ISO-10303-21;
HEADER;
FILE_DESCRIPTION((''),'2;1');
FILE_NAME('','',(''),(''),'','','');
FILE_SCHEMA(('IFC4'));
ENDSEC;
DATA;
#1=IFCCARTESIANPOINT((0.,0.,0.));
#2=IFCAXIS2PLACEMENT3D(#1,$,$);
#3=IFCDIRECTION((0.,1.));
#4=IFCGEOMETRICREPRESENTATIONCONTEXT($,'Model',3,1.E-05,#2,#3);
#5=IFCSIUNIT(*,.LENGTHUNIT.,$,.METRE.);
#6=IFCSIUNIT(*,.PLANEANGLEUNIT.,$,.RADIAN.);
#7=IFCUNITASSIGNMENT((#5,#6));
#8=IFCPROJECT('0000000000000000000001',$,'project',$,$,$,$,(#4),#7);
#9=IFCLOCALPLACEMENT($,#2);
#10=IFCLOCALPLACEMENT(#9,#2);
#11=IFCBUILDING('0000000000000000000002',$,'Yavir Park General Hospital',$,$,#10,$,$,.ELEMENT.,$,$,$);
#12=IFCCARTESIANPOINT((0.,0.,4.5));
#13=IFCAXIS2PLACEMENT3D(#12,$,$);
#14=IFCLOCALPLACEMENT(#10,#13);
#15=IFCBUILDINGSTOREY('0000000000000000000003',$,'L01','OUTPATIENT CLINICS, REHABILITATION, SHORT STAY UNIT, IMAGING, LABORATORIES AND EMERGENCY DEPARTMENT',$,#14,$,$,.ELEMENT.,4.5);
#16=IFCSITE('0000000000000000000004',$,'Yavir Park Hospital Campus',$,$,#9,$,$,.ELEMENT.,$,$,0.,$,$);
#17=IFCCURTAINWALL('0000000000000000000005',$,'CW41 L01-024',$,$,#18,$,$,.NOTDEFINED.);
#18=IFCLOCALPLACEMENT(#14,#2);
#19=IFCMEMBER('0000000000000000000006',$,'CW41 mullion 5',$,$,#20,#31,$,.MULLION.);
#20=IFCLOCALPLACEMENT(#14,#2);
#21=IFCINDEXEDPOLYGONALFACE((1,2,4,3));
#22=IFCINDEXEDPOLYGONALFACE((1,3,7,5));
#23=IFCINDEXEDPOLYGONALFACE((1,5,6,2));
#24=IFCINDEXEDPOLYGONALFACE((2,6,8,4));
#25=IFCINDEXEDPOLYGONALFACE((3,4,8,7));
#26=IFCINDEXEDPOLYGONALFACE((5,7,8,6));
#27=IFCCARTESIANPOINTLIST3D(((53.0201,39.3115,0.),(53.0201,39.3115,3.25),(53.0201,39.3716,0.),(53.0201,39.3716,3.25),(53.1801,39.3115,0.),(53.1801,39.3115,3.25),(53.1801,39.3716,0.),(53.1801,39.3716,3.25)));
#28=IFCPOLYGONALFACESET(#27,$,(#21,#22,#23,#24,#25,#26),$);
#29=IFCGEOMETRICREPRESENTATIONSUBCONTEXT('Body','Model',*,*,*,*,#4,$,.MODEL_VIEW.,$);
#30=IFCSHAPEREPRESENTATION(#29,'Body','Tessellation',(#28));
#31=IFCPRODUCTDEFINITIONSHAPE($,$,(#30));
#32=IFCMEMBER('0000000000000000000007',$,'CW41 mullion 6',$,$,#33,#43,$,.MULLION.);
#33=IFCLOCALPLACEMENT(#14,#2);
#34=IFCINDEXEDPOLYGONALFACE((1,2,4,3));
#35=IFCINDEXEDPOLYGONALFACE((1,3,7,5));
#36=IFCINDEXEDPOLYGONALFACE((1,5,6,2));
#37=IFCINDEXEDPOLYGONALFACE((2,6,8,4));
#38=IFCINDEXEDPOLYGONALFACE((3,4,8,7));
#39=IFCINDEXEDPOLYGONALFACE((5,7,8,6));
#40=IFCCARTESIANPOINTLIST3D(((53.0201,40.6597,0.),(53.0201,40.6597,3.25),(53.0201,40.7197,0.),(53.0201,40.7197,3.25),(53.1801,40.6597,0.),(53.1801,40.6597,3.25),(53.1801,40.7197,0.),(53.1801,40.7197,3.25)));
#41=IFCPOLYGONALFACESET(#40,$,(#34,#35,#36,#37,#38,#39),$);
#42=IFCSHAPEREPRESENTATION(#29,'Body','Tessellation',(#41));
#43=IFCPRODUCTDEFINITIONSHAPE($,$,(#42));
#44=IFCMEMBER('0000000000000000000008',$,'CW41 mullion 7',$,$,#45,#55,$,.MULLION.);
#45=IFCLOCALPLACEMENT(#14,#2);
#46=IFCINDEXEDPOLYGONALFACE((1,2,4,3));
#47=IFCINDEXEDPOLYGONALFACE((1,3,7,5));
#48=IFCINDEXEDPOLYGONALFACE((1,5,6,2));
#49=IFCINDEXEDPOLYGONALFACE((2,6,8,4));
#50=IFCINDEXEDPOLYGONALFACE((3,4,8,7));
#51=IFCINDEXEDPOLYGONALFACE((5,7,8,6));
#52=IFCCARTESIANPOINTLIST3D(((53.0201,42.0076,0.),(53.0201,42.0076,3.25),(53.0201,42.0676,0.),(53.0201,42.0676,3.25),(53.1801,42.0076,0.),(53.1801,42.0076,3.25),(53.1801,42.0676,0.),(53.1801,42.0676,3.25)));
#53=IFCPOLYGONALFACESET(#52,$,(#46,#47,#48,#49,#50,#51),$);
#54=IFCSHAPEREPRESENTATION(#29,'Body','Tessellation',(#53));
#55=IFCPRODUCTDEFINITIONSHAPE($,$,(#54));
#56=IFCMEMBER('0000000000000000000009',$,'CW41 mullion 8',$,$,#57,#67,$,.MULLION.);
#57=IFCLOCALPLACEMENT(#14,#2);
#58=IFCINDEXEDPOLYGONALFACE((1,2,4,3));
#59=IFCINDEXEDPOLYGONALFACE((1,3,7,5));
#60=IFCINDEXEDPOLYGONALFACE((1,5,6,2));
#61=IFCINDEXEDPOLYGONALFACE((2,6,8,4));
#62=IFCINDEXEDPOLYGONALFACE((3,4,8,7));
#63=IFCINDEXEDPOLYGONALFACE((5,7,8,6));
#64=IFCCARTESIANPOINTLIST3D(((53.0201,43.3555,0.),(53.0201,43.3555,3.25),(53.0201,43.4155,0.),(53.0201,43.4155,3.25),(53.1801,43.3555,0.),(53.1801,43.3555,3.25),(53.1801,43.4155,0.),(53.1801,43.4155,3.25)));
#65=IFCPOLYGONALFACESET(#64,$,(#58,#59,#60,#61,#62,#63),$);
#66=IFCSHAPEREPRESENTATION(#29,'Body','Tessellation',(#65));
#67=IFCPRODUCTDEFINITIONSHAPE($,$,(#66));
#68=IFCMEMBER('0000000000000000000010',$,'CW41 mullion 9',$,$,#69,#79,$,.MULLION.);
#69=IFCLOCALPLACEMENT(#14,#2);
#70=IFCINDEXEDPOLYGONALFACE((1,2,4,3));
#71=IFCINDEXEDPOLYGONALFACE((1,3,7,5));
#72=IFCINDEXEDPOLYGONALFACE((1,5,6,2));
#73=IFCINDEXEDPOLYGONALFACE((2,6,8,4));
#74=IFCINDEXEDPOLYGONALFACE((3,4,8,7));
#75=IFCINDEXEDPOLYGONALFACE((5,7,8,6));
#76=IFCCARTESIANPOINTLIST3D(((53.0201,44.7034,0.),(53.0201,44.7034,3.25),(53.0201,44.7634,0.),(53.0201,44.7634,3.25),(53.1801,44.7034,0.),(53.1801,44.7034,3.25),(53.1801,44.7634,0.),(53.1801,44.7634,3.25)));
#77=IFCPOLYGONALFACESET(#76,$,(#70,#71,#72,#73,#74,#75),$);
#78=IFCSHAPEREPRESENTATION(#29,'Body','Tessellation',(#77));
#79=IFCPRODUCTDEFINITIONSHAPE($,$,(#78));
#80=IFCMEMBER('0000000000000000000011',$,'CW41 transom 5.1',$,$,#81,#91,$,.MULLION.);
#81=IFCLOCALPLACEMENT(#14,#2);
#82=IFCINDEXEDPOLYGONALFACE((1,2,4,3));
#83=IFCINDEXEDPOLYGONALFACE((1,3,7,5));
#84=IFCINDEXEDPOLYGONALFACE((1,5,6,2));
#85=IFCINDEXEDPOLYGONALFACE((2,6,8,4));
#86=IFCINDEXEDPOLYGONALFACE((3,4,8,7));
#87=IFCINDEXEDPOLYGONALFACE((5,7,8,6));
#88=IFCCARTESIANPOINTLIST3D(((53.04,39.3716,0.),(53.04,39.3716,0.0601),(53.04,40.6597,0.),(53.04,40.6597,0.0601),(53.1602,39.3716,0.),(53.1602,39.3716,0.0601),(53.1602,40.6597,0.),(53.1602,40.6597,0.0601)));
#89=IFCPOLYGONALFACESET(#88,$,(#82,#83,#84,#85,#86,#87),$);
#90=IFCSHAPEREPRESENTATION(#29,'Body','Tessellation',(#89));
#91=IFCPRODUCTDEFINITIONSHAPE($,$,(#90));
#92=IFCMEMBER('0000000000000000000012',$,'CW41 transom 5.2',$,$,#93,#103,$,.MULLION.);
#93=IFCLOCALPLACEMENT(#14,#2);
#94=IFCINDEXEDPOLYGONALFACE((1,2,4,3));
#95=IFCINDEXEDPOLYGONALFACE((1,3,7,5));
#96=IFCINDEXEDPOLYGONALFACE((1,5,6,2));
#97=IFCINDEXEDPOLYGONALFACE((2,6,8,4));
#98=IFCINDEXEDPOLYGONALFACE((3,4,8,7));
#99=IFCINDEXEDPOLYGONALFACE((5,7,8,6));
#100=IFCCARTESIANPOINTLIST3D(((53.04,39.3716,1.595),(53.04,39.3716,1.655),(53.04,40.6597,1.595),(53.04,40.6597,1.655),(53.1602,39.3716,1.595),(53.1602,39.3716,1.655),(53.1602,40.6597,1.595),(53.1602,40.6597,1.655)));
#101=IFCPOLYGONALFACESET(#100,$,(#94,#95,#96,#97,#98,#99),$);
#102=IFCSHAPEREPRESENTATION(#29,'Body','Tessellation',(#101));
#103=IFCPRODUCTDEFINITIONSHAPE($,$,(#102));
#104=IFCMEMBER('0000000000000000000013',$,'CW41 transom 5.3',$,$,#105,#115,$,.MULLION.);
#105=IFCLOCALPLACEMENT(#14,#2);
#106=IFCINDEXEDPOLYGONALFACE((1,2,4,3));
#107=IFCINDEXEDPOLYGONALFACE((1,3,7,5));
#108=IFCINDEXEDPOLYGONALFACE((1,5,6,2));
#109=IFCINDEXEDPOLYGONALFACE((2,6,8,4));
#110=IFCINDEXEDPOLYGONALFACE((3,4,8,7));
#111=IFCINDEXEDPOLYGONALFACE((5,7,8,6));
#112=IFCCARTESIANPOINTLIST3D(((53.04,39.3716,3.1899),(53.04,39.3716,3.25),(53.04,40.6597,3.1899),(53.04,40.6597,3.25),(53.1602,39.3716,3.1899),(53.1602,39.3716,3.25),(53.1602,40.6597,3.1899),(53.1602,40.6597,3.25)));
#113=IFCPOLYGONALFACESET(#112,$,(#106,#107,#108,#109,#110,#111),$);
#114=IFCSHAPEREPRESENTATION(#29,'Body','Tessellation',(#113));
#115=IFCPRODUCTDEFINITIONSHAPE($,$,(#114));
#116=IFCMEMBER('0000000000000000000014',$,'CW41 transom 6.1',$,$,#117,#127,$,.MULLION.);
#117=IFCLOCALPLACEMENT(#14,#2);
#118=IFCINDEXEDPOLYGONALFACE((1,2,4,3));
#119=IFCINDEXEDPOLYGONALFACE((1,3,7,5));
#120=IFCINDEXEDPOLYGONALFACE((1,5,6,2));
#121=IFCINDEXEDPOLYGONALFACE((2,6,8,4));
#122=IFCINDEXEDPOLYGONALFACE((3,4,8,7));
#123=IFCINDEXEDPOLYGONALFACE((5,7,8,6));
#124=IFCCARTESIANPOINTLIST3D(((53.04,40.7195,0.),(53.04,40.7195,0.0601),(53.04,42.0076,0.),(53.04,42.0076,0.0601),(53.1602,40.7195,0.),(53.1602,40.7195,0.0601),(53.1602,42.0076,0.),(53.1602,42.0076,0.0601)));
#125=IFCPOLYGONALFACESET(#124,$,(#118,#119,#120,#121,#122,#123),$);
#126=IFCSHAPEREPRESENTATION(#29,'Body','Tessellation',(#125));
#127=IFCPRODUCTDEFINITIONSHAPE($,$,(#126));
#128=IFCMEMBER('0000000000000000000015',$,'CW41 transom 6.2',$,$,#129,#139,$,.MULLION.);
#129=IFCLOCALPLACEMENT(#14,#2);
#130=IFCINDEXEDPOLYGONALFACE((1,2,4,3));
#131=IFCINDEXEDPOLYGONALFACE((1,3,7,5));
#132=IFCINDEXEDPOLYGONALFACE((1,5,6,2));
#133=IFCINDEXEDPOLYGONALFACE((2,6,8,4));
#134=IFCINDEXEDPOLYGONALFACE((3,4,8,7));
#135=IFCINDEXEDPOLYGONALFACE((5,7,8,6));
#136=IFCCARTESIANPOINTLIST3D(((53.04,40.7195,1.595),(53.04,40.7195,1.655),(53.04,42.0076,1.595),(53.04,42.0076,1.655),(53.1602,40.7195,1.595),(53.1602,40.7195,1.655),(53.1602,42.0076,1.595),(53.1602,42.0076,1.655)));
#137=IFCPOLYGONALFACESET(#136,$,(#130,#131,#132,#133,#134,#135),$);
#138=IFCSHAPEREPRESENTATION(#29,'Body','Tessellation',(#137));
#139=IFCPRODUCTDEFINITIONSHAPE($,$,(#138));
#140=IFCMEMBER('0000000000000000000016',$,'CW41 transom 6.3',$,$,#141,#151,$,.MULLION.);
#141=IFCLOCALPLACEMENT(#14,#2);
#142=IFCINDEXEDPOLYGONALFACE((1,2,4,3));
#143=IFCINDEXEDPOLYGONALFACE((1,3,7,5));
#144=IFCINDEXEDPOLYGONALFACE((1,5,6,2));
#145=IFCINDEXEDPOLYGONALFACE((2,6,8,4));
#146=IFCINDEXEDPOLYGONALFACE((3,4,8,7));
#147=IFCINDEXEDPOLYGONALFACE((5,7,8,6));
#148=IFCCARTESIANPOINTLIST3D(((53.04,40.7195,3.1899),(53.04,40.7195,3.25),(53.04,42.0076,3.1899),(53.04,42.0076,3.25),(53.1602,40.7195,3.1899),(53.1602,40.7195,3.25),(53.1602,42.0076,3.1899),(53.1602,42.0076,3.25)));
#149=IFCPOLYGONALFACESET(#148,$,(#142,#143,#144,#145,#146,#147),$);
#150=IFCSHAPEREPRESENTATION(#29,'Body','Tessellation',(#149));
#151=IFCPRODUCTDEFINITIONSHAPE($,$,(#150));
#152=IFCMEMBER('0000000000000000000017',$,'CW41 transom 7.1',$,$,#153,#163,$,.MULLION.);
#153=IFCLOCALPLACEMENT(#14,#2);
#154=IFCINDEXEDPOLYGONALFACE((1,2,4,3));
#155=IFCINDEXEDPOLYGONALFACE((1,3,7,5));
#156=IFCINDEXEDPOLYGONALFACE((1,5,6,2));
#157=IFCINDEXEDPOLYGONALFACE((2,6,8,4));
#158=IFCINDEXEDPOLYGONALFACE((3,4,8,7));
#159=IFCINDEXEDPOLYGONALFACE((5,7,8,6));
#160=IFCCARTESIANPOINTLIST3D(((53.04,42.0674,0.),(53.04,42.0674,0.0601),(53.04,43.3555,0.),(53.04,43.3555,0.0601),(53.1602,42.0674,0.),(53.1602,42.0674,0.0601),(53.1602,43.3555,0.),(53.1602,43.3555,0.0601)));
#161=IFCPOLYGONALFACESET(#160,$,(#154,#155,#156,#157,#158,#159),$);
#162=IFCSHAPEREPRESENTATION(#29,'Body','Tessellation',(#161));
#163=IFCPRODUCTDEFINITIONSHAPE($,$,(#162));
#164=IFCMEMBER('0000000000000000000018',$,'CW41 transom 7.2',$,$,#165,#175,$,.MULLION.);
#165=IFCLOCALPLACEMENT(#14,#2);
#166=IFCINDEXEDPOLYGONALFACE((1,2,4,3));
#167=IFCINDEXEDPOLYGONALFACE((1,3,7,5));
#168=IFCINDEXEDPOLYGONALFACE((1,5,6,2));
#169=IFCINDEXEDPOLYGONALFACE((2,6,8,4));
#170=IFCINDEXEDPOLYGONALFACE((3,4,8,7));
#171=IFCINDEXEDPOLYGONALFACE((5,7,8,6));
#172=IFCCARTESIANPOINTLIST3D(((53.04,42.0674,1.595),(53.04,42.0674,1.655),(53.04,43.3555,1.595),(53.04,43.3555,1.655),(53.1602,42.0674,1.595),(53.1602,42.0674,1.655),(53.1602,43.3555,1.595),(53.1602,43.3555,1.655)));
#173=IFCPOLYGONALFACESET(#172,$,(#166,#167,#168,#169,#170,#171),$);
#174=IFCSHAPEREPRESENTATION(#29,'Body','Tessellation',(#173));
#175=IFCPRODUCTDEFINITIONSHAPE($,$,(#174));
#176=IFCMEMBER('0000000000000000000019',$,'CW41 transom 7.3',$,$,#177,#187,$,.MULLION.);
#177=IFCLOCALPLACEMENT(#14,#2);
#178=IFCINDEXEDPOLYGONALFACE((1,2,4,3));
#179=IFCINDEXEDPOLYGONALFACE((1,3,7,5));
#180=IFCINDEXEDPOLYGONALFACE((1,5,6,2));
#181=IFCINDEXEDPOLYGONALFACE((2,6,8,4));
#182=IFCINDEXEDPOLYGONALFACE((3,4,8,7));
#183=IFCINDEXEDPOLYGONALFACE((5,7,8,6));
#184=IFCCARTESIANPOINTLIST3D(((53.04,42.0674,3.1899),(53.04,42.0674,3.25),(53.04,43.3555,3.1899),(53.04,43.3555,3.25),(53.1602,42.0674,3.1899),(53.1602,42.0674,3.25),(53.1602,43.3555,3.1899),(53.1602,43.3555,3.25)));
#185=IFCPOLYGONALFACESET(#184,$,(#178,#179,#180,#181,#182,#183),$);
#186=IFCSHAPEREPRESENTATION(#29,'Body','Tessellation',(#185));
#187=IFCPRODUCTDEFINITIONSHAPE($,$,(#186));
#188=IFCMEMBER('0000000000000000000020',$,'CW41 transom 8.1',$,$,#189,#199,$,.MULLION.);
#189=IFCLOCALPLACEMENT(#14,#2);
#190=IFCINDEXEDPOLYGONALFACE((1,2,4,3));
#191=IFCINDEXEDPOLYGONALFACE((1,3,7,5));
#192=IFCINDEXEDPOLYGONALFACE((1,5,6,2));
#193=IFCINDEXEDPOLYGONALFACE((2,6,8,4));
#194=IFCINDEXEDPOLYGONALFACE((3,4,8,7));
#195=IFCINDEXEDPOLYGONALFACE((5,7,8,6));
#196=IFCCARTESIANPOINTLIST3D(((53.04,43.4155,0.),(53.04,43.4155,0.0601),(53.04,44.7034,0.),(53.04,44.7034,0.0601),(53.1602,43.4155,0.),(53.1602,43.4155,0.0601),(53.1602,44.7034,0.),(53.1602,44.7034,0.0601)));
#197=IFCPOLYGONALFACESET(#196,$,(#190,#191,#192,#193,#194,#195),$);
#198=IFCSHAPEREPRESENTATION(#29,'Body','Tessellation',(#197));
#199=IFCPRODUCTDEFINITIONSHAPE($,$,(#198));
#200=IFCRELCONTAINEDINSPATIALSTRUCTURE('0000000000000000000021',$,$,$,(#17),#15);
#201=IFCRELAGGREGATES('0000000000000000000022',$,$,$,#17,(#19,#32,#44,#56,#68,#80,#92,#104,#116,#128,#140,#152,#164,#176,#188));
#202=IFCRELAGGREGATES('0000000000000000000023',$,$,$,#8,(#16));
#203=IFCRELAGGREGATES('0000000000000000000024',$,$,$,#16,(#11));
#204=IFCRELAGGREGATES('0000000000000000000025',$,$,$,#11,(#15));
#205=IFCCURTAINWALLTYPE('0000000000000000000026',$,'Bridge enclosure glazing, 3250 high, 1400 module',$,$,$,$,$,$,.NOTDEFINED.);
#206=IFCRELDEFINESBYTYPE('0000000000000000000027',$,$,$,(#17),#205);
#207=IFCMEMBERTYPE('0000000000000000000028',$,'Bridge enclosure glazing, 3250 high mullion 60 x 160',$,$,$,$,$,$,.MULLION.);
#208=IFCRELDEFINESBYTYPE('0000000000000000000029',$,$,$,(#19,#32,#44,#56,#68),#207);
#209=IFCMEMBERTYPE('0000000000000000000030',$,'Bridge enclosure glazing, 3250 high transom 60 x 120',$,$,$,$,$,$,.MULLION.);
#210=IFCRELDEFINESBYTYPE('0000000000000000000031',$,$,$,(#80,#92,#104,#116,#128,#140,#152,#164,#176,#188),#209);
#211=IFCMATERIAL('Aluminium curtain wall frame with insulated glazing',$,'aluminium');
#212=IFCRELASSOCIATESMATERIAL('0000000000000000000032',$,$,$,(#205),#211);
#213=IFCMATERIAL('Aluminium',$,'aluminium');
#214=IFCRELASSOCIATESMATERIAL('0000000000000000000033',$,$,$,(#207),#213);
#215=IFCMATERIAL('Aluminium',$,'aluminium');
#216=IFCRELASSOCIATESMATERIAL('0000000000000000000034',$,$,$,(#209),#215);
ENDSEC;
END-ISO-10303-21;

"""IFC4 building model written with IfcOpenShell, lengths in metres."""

from ifc_helpers import new_model, si_unit, direction, frame, origin, origin_2d, place, context, subcontext, project, spatial, rectangle, extrude, material, material_profile, profile_set, type_object, element, aggregate, save


model = new_model("IFC4")

# Units and contexts
model_context = context("Model", 3, precision=1e-05, world=origin(), true_north=direction((0.0, 1.0)))
body_context = subcontext(model_context, "Body", "Model", "MODEL_VIEW")
ifc_project = project(units=[si_unit("LENGTHUNIT", "METRE"), si_unit("PLANEANGLEUNIT", "RADIAN")], contexts=[model_context])

# Site, building, storey
site_placement = place(None, origin())
site = spatial("IfcSite", under=ifc_project, at=site_placement, Name="Yavir Park Hospital Campus", CompositionType="ELEMENT", RefElevation=0.0)
building_placement = place(site_placement, origin())
building = spatial("IfcBuilding", under=site, at=building_placement, Name="Yavir Park General Hospital", CompositionType="ELEMENT")
storey_placement = place(building_placement, frame((0.0, 0.0, 4.5)))
storey = spatial("IfcBuildingStorey", under=building, at=storey_placement, Name="L01", Description="OUTPATIENT CLINICS, REHABILITATION, SHORT STAY UNIT, IMAGING, LABORATORIES AND EMERGENCY DEPARTMENT", CompositionType="ELEMENT", Elevation=4.5)

# Curtain wall, members
ifc_material_1 = material(Name="Aluminium curtain wall frame with insulated glazing", Category="aluminium")
curtain_wall_type = type_object("IfcCurtainWallType", Name="Bridge enclosure glazing, 3250 high, 1400 module", PredefinedType="NOTDEFINED", material=ifc_material_1)
curtain_wall_placement = place(storey_placement, origin())
curtain_wall = element("IfcCurtainWall", 1, at=curtain_wall_placement, inside=storey, type_object=curtain_wall_type, Name="CW41 L01-024", PredefinedType="NOTDEFINED")
ifc_material_2 = material(Name="Aluminium", Category="aluminium")
ifc_material_profile_1 = material_profile(ifc_material_2, rectangle(XDim=0.1599, YDim=0.0601, at=origin_2d()), Name="AL 60x160")
ifc_profile_set_1 = profile_set([ifc_material_profile_1], Name="Aluminium")
member_type_1 = type_object("IfcMemberType", Name="Bridge enclosure glazing, 3250 high mullion 60 x 160", PredefinedType="MULLION", material=ifc_profile_set_1)
member_1_placement = place(storey_placement, frame((53.1001, 39.3416, 0.0), z_axis=(0.0, 0.0, 1.0), x_axis=(-1.0, 0.0, 0.0)))
member_1 = element("IfcMember", 2, at=member_1_placement, type_object=member_type_1, Name="CW41 mullion 5", PredefinedType="MULLION", context=body_context, shape_type="SweptSolid", body=[
    extrude(rectangle(XDim=0.1599, YDim=0.0601, at=origin_2d()), origin(), (0.0, 0.0, 1.0), 3.25),
])
member_2_placement = place(storey_placement, frame((53.1001, 40.6897, 0.0), z_axis=(0.0, 0.0, 1.0), x_axis=(-1.0, 0.0, 0.0)))
member_2 = element("IfcMember", 3, at=member_2_placement, type_object=member_type_1, Name="CW41 mullion 6", PredefinedType="MULLION", context=body_context, shape_type="SweptSolid", body=[
    extrude(rectangle(XDim=0.1599, YDim=0.0601, at=origin_2d()), origin(), (0.0, 0.0, 1.0), 3.25),
])
member_3_placement = place(storey_placement, frame((53.1001, 42.0376, 0.0), z_axis=(0.0, 0.0, 1.0), x_axis=(-1.0, 0.0, 0.0)))
member_3 = element("IfcMember", 4, at=member_3_placement, type_object=member_type_1, Name="CW41 mullion 7", PredefinedType="MULLION", context=body_context, shape_type="SweptSolid", body=[
    extrude(rectangle(XDim=0.1599, YDim=0.0601, at=origin_2d()), origin(), (0.0, 0.0, 1.0), 3.25),
])
member_4_placement = place(storey_placement, frame((53.1001, 43.3855, 0.0), z_axis=(0.0, 0.0, 1.0), x_axis=(-1.0, 0.0, 0.0)))
member_4 = element("IfcMember", 5, at=member_4_placement, type_object=member_type_1, Name="CW41 mullion 8", PredefinedType="MULLION", context=body_context, shape_type="SweptSolid", body=[
    extrude(rectangle(XDim=0.1599, YDim=0.0601, at=origin_2d()), origin(), (0.0, 0.0, 1.0), 3.25),
])
member_5_placement = place(storey_placement, frame((53.1001, 44.7334, 0.0), z_axis=(0.0, 0.0, 1.0), x_axis=(-1.0, 0.0, 0.0)))
member_5 = element("IfcMember", 6, at=member_5_placement, type_object=member_type_1, Name="CW41 mullion 9", PredefinedType="MULLION", context=body_context, shape_type="SweptSolid", body=[
    extrude(rectangle(XDim=0.1599, YDim=0.0601, at=origin_2d()), origin(), (0.0, 0.0, 1.0), 3.25),
])
ifc_material_3 = material(Name="Aluminium", Category="aluminium")
ifc_material_profile_2 = material_profile(ifc_material_3, rectangle(XDim=0.1201, YDim=0.0601, at=origin_2d()), Name="AL 120x60")
ifc_profile_set_2 = profile_set([ifc_material_profile_2], Name="Aluminium")
member_type_2 = type_object("IfcMemberType", Name="Bridge enclosure glazing, 3250 high transom 60 x 120", PredefinedType="MULLION", material=ifc_profile_set_2)
member_6_placement = place(storey_placement, frame((53.1001, 39.3716, 0.03), z_axis=(0.0, 1.0, 0.0), x_axis=(-1.0, 0.0, 0.0)))
member_6 = element("IfcMember", 7, at=member_6_placement, type_object=member_type_2, Name="CW41 transom 5.1", PredefinedType="MULLION", context=body_context, shape_type="SweptSolid", body=[
    extrude(rectangle(XDim=0.1201, YDim=0.0601, at=origin_2d()), origin(), (0.0, 0.0, 1.0), 1.2881),
])
member_7_placement = place(storey_placement, frame((53.1001, 39.3716, 1.625), z_axis=(0.0, 1.0, 0.0), x_axis=(-1.0, 0.0, 0.0)))
member_7 = element("IfcMember", 8, at=member_7_placement, type_object=member_type_2, Name="CW41 transom 5.2", PredefinedType="MULLION", context=body_context, shape_type="SweptSolid", body=[
    extrude(rectangle(XDim=0.1201, YDim=0.0601, at=origin_2d()), origin(), (0.0, 0.0, 1.0), 1.2881),
])
member_8_placement = place(storey_placement, frame((53.1001, 39.3716, 3.22), z_axis=(0.0, 1.0, 0.0), x_axis=(-1.0, 0.0, 0.0)))
member_8 = element("IfcMember", 9, at=member_8_placement, type_object=member_type_2, Name="CW41 transom 5.3", PredefinedType="MULLION", context=body_context, shape_type="SweptSolid", body=[
    extrude(rectangle(XDim=0.1201, YDim=0.0601, at=origin_2d()), origin(), (0.0, 0.0, 1.0), 1.2881),
])
member_9_placement = place(storey_placement, frame((53.1001, 40.7195, 0.03), z_axis=(0.0, 1.0, 0.0), x_axis=(-1.0, 0.0, 0.0)))
member_9 = element("IfcMember", 10, at=member_9_placement, type_object=member_type_2, Name="CW41 transom 6.1", PredefinedType="MULLION", context=body_context, shape_type="SweptSolid", body=[
    extrude(rectangle(XDim=0.1201, YDim=0.0601, at=origin_2d()), origin(), (0.0, 0.0, 1.0), 1.2881),
])
member_10_placement = place(storey_placement, frame((53.1001, 40.7195, 1.625), z_axis=(0.0, 1.0, 0.0), x_axis=(-1.0, 0.0, 0.0)))
member_10 = element("IfcMember", 11, at=member_10_placement, type_object=member_type_2, Name="CW41 transom 6.2", PredefinedType="MULLION", context=body_context, shape_type="SweptSolid", body=[
    extrude(rectangle(XDim=0.1201, YDim=0.0601, at=origin_2d()), origin(), (0.0, 0.0, 1.0), 1.2881),
])
member_11_placement = place(storey_placement, frame((53.1001, 40.7195, 3.22), z_axis=(0.0, 1.0, 0.0), x_axis=(-1.0, 0.0, 0.0)))
member_11 = element("IfcMember", 12, at=member_11_placement, type_object=member_type_2, Name="CW41 transom 6.3", PredefinedType="MULLION", context=body_context, shape_type="SweptSolid", body=[
    extrude(rectangle(XDim=0.1201, YDim=0.0601, at=origin_2d()), origin(), (0.0, 0.0, 1.0), 1.2881),
])
member_12_placement = place(storey_placement, frame((53.1001, 42.0674, 0.03), z_axis=(0.0, 1.0, 0.0), x_axis=(-1.0, 0.0, 0.0)))
member_12 = element("IfcMember", 13, at=member_12_placement, type_object=member_type_2, Name="CW41 transom 7.1", PredefinedType="MULLION", context=body_context, shape_type="SweptSolid", body=[
    extrude(rectangle(XDim=0.1201, YDim=0.0601, at=origin_2d()), origin(), (0.0, 0.0, 1.0), 1.2881),
])
member_13_placement = place(storey_placement, frame((53.1001, 42.0674, 1.625), z_axis=(0.0, 1.0, 0.0), x_axis=(-1.0, 0.0, 0.0)))
member_13 = element("IfcMember", 14, at=member_13_placement, type_object=member_type_2, Name="CW41 transom 7.2", PredefinedType="MULLION", context=body_context, shape_type="SweptSolid", body=[
    extrude(rectangle(XDim=0.1201, YDim=0.0601, at=origin_2d()), origin(), (0.0, 0.0, 1.0), 1.2881),
])
member_14_placement = place(storey_placement, frame((53.1001, 42.0674, 3.22), z_axis=(0.0, 1.0, 0.0), x_axis=(-1.0, 0.0, 0.0)))
member_14 = element("IfcMember", 15, at=member_14_placement, type_object=member_type_2, Name="CW41 transom 7.3", PredefinedType="MULLION", context=body_context, shape_type="SweptSolid", body=[
    extrude(rectangle(XDim=0.1201, YDim=0.0601, at=origin_2d()), origin(), (0.0, 0.0, 1.0), 1.2881),
])
member_15_placement = place(storey_placement, frame((53.1001, 43.4155, 0.03), z_axis=(0.0, 1.0, 0.0), x_axis=(-1.0, 0.0, 0.0)))
member_15 = element("IfcMember", 16, at=member_15_placement, type_object=member_type_2, Name="CW41 transom 8.1", PredefinedType="MULLION", context=body_context, shape_type="SweptSolid", body=[
    extrude(rectangle(XDim=0.1201, YDim=0.0601, at=origin_2d()), origin(), (0.0, 0.0, 1.0), 1.2878),
])
aggregate(curtain_wall, [member_1, member_2, member_3, member_4, member_5, member_6, member_7, member_8, member_9, member_10, member_11, member_12, member_13, member_14, member_15])

save(model, "model.ifc")
